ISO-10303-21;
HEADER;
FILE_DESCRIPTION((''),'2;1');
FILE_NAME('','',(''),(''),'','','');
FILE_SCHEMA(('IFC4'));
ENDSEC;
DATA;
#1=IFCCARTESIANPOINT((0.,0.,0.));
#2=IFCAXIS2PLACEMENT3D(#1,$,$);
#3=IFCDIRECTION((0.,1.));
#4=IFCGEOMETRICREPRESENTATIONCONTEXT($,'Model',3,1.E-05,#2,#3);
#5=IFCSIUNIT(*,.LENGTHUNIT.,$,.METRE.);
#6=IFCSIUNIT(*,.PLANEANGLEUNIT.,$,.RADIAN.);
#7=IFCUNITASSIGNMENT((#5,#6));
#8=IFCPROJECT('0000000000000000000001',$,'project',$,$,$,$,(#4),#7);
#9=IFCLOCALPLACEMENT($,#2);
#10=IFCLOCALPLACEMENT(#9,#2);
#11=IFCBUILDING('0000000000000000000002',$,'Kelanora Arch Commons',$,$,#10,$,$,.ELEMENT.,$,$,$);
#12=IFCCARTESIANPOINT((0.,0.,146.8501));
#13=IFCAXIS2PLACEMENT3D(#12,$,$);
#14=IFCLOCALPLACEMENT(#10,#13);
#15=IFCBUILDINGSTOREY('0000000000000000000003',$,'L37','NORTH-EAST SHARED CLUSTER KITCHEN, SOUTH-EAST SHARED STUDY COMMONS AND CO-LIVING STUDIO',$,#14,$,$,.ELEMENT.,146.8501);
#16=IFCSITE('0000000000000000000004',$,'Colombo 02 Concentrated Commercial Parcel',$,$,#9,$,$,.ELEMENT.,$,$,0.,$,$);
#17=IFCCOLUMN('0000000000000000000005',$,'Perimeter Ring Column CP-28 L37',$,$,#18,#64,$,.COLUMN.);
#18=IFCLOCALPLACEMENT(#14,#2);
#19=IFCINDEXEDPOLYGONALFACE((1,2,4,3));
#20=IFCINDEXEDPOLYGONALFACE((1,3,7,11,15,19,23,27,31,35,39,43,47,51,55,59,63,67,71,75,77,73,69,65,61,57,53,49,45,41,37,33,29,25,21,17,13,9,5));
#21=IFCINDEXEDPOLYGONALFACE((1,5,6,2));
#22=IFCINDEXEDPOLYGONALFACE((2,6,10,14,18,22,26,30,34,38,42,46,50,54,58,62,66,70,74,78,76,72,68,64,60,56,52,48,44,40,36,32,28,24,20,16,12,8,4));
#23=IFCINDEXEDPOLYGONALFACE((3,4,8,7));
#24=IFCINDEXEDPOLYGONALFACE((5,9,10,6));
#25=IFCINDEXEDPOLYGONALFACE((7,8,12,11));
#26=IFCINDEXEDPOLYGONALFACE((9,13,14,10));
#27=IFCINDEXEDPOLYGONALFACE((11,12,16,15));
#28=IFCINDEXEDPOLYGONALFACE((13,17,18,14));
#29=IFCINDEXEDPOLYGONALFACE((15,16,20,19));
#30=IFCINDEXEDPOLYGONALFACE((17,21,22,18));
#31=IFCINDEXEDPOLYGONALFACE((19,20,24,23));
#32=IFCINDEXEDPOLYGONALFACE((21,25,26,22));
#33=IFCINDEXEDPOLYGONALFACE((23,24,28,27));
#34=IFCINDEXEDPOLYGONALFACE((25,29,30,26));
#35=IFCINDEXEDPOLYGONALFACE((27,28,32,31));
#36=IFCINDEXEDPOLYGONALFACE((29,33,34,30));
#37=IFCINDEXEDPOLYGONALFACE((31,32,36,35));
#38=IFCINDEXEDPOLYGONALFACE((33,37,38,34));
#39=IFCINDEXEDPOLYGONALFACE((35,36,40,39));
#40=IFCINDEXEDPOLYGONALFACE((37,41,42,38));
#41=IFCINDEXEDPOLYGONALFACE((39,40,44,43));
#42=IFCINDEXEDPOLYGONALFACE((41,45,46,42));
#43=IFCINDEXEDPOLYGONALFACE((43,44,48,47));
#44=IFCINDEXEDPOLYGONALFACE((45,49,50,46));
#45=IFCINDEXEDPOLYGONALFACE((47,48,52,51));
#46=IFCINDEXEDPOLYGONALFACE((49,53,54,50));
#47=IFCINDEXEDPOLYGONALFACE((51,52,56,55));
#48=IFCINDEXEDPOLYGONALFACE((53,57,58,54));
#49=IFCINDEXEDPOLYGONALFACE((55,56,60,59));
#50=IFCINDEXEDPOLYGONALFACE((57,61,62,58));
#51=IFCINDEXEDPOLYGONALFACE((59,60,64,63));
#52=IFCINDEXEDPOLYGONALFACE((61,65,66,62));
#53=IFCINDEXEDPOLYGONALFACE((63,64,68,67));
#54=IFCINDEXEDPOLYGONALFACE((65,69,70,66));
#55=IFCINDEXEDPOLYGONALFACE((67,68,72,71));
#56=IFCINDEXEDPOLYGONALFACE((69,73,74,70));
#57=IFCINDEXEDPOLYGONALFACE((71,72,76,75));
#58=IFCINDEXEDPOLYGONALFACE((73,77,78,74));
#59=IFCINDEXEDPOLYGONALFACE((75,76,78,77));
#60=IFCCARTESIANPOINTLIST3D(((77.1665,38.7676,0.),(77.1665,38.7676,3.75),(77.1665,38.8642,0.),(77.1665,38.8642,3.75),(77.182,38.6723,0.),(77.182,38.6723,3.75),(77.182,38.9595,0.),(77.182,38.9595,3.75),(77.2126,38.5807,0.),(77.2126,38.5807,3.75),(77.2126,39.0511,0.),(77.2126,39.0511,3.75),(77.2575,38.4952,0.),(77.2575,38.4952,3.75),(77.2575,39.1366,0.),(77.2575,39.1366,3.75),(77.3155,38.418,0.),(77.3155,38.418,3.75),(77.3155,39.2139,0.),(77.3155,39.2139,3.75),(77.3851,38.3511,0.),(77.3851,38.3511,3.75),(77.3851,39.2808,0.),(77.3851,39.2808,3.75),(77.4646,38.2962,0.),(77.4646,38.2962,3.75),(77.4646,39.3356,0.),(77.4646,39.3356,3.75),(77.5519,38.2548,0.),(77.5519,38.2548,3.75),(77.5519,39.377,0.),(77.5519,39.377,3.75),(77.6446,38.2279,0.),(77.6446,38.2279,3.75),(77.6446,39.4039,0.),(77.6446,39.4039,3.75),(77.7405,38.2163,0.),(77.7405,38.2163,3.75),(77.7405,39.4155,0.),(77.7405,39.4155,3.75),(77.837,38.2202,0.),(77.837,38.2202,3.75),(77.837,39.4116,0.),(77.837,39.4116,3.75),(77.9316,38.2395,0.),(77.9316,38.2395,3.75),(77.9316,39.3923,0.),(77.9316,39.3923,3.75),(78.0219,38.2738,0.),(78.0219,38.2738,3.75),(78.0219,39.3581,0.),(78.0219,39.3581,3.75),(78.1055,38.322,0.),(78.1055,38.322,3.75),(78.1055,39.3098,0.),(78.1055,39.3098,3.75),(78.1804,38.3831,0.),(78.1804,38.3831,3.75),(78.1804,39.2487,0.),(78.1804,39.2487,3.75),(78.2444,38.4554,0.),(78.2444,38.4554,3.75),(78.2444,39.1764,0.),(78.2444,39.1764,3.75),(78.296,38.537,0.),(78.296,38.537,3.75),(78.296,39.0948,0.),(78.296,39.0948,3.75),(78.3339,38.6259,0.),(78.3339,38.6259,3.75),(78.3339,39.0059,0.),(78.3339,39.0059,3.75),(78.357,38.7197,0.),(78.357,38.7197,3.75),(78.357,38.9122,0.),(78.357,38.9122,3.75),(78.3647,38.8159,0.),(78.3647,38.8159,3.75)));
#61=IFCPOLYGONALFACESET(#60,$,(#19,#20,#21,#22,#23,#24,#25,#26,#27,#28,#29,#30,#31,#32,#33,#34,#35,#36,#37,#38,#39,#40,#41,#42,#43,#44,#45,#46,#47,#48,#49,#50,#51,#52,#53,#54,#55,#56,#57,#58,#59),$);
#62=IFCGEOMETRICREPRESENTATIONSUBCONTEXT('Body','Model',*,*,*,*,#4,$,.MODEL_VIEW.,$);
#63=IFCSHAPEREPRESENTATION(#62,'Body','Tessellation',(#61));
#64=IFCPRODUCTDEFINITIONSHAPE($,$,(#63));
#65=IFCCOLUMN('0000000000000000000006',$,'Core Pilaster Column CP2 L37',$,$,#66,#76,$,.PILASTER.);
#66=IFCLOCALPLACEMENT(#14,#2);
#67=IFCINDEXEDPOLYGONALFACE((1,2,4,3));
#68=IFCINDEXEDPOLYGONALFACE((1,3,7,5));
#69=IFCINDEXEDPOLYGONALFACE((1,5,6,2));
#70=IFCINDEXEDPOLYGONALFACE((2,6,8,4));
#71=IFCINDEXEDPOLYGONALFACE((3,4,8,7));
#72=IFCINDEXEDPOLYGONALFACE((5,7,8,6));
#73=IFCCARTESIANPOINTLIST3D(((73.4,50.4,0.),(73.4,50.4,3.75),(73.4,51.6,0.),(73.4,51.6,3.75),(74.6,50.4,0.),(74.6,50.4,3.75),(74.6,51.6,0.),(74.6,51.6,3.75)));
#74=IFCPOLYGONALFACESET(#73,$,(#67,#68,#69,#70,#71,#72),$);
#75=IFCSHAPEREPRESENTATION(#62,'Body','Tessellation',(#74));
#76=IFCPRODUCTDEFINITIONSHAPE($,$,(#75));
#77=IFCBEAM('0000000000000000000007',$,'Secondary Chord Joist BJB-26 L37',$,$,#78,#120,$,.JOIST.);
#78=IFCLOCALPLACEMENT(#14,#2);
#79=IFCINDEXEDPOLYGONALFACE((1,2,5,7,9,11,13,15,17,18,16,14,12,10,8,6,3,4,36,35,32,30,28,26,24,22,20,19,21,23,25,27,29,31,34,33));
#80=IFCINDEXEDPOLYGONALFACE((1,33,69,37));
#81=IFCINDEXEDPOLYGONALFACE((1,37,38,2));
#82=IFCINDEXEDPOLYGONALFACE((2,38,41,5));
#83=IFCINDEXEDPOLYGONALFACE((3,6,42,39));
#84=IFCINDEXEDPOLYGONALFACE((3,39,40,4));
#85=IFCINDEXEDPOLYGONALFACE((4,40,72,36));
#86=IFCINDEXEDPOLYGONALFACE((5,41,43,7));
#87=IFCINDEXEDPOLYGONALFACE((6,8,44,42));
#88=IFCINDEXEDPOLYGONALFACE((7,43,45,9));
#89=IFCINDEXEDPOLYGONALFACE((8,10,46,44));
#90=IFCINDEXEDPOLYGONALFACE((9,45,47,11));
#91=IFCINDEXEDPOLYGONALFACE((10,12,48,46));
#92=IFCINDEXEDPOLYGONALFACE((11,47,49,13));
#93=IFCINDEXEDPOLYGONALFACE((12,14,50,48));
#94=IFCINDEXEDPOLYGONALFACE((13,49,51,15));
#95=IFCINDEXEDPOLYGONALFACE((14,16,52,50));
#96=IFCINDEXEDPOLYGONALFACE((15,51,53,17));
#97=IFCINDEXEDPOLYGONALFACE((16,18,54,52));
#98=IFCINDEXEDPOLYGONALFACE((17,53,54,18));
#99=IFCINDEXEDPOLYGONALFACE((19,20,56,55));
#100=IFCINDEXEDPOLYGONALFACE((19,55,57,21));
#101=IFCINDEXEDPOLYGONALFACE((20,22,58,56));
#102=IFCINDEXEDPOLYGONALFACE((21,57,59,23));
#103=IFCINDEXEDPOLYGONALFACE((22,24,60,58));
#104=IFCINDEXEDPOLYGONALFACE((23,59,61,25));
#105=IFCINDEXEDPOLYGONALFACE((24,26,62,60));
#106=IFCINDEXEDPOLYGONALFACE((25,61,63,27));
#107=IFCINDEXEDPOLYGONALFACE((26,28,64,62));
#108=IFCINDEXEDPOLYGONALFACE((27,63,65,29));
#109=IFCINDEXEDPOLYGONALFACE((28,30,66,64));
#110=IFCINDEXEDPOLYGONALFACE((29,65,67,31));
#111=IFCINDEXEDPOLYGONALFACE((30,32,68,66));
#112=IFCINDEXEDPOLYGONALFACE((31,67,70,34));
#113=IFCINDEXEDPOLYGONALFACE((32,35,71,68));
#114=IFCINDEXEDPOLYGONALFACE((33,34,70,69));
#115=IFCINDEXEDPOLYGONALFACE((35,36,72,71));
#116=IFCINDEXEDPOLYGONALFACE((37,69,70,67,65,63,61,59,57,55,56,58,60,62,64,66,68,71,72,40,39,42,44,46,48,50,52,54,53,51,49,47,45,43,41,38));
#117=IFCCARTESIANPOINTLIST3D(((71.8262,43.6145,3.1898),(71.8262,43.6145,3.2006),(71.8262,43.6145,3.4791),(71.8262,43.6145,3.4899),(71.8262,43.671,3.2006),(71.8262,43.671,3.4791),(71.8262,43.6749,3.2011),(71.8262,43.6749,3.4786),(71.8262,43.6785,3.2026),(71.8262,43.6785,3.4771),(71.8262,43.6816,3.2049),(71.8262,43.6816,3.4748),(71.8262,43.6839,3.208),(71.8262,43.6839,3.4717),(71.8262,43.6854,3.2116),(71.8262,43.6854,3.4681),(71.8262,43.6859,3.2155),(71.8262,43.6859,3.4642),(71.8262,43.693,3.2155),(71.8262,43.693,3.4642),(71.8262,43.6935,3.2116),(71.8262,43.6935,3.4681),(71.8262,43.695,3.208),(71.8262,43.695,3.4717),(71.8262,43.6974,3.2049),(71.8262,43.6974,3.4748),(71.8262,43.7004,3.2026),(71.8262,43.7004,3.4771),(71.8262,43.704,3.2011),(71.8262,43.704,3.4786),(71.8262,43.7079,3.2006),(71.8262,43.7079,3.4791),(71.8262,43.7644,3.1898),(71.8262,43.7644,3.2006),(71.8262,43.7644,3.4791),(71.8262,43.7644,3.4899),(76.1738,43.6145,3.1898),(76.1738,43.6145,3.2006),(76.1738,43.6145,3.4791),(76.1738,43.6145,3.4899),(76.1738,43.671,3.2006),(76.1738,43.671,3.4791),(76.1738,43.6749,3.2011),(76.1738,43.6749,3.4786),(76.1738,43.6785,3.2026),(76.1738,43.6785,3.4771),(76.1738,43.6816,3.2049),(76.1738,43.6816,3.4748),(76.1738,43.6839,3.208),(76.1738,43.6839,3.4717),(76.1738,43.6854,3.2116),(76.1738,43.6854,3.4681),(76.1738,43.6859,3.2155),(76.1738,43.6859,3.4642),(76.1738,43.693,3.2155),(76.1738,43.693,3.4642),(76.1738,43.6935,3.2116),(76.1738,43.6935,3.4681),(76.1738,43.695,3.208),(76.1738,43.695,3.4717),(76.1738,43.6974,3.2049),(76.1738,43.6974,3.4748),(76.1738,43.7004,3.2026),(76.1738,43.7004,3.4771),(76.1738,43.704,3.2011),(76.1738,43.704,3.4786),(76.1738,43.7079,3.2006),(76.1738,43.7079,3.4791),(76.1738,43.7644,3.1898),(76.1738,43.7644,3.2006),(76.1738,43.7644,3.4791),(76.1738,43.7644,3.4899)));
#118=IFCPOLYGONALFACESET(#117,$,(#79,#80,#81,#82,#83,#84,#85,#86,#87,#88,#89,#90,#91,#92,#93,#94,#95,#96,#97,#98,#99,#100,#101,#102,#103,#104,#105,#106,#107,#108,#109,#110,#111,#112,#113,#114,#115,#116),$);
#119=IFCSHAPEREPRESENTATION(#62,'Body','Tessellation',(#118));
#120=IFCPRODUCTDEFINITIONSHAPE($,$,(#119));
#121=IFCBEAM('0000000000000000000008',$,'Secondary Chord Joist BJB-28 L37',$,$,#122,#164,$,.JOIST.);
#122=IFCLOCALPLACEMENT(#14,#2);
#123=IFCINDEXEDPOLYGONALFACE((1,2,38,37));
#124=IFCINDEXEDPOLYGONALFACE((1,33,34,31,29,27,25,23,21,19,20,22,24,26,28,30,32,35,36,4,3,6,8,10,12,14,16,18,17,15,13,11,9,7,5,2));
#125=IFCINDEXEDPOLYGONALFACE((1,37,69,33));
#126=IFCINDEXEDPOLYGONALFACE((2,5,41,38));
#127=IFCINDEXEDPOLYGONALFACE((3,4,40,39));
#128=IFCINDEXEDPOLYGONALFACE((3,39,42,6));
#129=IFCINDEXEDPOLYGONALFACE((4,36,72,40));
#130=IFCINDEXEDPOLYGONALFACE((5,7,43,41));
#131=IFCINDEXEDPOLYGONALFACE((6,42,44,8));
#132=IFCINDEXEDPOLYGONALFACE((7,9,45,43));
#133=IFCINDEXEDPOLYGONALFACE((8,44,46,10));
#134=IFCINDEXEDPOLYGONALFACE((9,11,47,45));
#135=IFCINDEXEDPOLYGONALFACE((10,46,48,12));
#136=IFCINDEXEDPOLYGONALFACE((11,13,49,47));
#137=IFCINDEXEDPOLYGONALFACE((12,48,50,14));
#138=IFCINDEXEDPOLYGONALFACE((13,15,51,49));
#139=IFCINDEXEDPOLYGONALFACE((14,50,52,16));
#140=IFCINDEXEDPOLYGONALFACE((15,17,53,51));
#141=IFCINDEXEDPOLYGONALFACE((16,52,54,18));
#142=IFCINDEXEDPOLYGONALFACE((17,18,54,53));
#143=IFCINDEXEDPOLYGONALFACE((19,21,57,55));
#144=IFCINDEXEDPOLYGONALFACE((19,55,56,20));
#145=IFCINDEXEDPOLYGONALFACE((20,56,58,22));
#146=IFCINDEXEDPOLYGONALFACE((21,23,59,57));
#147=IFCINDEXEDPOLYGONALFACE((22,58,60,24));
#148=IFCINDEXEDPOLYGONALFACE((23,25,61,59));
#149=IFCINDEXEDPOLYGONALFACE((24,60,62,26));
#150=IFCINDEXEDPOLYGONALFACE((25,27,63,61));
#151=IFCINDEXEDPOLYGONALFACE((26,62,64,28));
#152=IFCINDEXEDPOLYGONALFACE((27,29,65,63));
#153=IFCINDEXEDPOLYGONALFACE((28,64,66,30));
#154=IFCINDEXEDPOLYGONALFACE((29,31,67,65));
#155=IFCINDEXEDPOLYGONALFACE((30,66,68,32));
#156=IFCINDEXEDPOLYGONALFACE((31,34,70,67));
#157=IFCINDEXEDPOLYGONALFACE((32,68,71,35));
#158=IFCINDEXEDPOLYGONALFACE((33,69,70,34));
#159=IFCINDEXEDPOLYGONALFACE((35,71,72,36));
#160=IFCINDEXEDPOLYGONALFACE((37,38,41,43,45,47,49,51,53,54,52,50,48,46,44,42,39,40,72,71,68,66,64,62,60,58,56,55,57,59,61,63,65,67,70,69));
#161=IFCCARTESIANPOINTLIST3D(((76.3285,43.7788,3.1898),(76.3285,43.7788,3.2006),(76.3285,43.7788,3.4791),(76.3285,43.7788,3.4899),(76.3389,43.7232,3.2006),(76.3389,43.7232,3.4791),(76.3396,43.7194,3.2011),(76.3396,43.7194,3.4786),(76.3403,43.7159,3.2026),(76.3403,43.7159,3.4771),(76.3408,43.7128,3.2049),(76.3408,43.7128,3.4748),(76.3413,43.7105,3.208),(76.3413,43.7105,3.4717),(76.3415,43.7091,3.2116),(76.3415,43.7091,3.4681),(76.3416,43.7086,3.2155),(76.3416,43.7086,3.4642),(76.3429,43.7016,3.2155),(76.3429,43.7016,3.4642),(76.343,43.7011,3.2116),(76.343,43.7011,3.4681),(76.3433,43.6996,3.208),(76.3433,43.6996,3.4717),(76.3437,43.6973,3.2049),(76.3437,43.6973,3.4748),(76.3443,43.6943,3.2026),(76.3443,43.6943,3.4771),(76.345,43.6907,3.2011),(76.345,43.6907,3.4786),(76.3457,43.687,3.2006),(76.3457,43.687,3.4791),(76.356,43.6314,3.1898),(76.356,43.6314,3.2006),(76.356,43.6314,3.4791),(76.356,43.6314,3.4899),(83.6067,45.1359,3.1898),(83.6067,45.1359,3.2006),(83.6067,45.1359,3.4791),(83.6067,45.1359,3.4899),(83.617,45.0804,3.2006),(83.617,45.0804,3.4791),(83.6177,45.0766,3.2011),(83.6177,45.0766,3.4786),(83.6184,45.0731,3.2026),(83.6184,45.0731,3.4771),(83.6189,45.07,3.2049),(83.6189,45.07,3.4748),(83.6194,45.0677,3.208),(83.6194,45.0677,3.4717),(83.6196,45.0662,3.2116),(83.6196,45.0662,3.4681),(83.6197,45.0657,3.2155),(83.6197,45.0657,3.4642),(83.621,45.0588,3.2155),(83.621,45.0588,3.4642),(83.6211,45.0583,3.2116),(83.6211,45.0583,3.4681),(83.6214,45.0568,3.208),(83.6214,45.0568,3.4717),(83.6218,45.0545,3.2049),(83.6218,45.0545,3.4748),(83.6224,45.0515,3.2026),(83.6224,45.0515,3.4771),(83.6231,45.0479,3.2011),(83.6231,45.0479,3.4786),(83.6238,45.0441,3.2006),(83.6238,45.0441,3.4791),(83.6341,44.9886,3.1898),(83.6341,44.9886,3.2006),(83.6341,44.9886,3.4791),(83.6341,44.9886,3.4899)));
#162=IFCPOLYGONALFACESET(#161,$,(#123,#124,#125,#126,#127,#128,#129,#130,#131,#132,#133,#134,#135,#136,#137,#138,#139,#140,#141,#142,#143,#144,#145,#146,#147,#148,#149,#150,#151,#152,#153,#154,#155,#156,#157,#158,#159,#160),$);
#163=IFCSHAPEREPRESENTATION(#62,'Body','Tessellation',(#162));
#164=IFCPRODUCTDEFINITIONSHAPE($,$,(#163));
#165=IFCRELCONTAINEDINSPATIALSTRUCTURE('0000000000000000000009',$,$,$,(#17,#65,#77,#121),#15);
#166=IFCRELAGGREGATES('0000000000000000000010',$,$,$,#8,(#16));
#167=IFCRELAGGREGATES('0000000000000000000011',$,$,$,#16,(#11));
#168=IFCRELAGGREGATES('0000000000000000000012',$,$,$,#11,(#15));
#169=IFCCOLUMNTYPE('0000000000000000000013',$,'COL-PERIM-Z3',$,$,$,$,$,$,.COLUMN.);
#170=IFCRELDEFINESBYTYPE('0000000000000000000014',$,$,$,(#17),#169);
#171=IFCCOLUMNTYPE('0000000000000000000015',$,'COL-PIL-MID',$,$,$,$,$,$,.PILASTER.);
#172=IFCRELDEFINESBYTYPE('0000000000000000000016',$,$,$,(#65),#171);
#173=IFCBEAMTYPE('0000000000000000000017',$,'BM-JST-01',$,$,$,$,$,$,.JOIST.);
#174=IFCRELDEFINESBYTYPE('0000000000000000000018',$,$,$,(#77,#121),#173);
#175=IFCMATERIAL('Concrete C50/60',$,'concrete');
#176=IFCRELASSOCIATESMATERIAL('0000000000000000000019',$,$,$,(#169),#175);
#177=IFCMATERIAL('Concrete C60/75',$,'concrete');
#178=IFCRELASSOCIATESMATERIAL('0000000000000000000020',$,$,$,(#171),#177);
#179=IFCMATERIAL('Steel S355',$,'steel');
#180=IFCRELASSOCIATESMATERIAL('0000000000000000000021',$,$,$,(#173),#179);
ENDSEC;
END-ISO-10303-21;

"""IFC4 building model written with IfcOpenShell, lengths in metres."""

from ifc_helpers import new_model, si_unit, direction, frame, origin, origin_2d, place, context, subcontext, project, spatial, rectangle, circle, i_section, extrude, material, material_profile, profile_set, type_object, element, save


model = new_model("IFC4")

# Units and contexts
model_context = context("Model", 3, precision=1e-05, world=origin(), true_north=direction((0.0, 1.0)))
body_context = subcontext(model_context, "Body", "Model", "MODEL_VIEW")
ifc_project = project(units=[si_unit("LENGTHUNIT", "METRE"), si_unit("PLANEANGLEUNIT", "RADIAN")], contexts=[model_context])

# Site, building, storey
site_placement = place(None, origin())
site = spatial("IfcSite", under=ifc_project, at=site_placement, Name="Colombo 02 Concentrated Commercial Parcel", CompositionType="ELEMENT", RefElevation=0.0)
building_placement = place(site_placement, origin())
building = spatial("IfcBuilding", under=site, at=building_placement, Name="Kelanora Arch Commons", CompositionType="ELEMENT")
storey_placement = place(building_placement, frame((0.0, 0.0, 146.8501)))
storey = spatial("IfcBuildingStorey", under=building, at=storey_placement, Name="L37", Description="NORTH-EAST SHARED CLUSTER KITCHEN, SOUTH-EAST SHARED STUDY COMMONS AND CO-LIVING STUDIO", CompositionType="ELEMENT", Elevation=146.8501)

# Columns
ifc_material_1 = material(Name="Concrete C50/60", Category="concrete")
ifc_material_profile_1 = material_profile(ifc_material_1, circle(Radius=0.6001, at=origin_2d()), Name="RCC1200")
ifc_profile_set_1 = profile_set([ifc_material_profile_1], Name="Concrete C50/60")
column_type_1 = type_object("IfcColumnType", Name="COL-PERIM-Z3", PredefinedType="COLUMN", material=ifc_profile_set_1)
column_1_placement = place(storey_placement, frame((77.7646, 38.8159, 0.0), z_axis=(0.0, 0.0, 1.0), x_axis=(1.0, 0.0, 0.0)))
element("IfcColumn", 1, at=column_1_placement, inside=storey, type_object=column_type_1, Name="Perimeter Ring Column CP-28 L37", PredefinedType="COLUMN", context=body_context, shape_type="SweptSolid", body=[
    extrude(circle(Radius=0.6001, at=origin_2d()), origin(), (0.0, 0.0, 1.0), 3.75),
])
ifc_material_2 = material(Name="Concrete C60/75", Category="concrete")
ifc_material_profile_2 = material_profile(ifc_material_2, rectangle(XDim=1.2, YDim=1.2, at=origin_2d()), Name="RC1200x1200")
ifc_profile_set_2 = profile_set([ifc_material_profile_2], Name="Concrete C60/75")
column_type_2 = type_object("IfcColumnType", Name="COL-PIL-MID", PredefinedType="PILASTER", material=ifc_profile_set_2)
column_2_placement = place(storey_placement, frame((74.0, 51.0, 0.0), z_axis=(0.0, 0.0, 1.0), x_axis=(1.0, 0.0, 0.0)))
element("IfcColumn", 2, at=column_2_placement, inside=storey, type_object=column_type_2, Name="Core Pilaster Column CP2 L37", PredefinedType="PILASTER", context=body_context, shape_type="SweptSolid", body=[
    extrude(rectangle(XDim=1.2, YDim=1.2, at=origin_2d()), origin(), (0.0, 0.0, 1.0), 3.75),
])

# Beams
ifc_material_3 = material(Name="Steel S355", Category="steel")
ifc_material_profile_3 = material_profile(ifc_material_3, i_section(OverallWidth=0.1499, OverallDepth=0.3, WebThickness=0.0071, FlangeThickness=0.0107, FilletRadius=0.0149, at=origin_2d()), Name="IPE300")
ifc_profile_set_3 = profile_set([ifc_material_profile_3], Name="Steel S355")
beam_type_1 = type_object("IfcBeamType", Name="BM-JST-01", PredefinedType="JOIST", material=ifc_profile_set_3)
beam_1_placement = place(storey_placement, frame((71.8262, 43.6895, 3.3398), z_axis=(1.0, 0.0, 0.0), x_axis=(0.0, 1.0, 0.0)))
element("IfcBeam", 3, at=beam_1_placement, inside=storey, type_object=beam_type_1, Name="Secondary Chord Joist BJB-26 L37", PredefinedType="JOIST", context=body_context, shape_type="SweptSolid", body=[
    extrude(i_section(OverallWidth=0.1499, OverallDepth=0.3, WebThickness=0.0071, FlangeThickness=0.0107, FilletRadius=0.0149, at=origin_2d()), origin(), (0.0, 0.0, 1.0), 4.3477),
])
beam_2_placement = place(storey_placement, frame((76.3423, 43.7051, 3.3398), z_axis=(0.983054, 0.183315, 0.0), x_axis=(-0.183315, 0.983054, 0.0)))
element("IfcBeam", 4, at=beam_2_placement, inside=storey, type_object=beam_type_1, Name="Secondary Chord Joist BJB-28 L37", PredefinedType="JOIST", context=body_context, shape_type="SweptSolid", body=[
    extrude(i_section(OverallWidth=0.1499, OverallDepth=0.3, WebThickness=0.0071, FlangeThickness=0.0107, FilletRadius=0.0149, at=origin_2d()), origin(), (0.0, 0.0, 1.0), 7.4036),
])

save(model, "model.ifc")
